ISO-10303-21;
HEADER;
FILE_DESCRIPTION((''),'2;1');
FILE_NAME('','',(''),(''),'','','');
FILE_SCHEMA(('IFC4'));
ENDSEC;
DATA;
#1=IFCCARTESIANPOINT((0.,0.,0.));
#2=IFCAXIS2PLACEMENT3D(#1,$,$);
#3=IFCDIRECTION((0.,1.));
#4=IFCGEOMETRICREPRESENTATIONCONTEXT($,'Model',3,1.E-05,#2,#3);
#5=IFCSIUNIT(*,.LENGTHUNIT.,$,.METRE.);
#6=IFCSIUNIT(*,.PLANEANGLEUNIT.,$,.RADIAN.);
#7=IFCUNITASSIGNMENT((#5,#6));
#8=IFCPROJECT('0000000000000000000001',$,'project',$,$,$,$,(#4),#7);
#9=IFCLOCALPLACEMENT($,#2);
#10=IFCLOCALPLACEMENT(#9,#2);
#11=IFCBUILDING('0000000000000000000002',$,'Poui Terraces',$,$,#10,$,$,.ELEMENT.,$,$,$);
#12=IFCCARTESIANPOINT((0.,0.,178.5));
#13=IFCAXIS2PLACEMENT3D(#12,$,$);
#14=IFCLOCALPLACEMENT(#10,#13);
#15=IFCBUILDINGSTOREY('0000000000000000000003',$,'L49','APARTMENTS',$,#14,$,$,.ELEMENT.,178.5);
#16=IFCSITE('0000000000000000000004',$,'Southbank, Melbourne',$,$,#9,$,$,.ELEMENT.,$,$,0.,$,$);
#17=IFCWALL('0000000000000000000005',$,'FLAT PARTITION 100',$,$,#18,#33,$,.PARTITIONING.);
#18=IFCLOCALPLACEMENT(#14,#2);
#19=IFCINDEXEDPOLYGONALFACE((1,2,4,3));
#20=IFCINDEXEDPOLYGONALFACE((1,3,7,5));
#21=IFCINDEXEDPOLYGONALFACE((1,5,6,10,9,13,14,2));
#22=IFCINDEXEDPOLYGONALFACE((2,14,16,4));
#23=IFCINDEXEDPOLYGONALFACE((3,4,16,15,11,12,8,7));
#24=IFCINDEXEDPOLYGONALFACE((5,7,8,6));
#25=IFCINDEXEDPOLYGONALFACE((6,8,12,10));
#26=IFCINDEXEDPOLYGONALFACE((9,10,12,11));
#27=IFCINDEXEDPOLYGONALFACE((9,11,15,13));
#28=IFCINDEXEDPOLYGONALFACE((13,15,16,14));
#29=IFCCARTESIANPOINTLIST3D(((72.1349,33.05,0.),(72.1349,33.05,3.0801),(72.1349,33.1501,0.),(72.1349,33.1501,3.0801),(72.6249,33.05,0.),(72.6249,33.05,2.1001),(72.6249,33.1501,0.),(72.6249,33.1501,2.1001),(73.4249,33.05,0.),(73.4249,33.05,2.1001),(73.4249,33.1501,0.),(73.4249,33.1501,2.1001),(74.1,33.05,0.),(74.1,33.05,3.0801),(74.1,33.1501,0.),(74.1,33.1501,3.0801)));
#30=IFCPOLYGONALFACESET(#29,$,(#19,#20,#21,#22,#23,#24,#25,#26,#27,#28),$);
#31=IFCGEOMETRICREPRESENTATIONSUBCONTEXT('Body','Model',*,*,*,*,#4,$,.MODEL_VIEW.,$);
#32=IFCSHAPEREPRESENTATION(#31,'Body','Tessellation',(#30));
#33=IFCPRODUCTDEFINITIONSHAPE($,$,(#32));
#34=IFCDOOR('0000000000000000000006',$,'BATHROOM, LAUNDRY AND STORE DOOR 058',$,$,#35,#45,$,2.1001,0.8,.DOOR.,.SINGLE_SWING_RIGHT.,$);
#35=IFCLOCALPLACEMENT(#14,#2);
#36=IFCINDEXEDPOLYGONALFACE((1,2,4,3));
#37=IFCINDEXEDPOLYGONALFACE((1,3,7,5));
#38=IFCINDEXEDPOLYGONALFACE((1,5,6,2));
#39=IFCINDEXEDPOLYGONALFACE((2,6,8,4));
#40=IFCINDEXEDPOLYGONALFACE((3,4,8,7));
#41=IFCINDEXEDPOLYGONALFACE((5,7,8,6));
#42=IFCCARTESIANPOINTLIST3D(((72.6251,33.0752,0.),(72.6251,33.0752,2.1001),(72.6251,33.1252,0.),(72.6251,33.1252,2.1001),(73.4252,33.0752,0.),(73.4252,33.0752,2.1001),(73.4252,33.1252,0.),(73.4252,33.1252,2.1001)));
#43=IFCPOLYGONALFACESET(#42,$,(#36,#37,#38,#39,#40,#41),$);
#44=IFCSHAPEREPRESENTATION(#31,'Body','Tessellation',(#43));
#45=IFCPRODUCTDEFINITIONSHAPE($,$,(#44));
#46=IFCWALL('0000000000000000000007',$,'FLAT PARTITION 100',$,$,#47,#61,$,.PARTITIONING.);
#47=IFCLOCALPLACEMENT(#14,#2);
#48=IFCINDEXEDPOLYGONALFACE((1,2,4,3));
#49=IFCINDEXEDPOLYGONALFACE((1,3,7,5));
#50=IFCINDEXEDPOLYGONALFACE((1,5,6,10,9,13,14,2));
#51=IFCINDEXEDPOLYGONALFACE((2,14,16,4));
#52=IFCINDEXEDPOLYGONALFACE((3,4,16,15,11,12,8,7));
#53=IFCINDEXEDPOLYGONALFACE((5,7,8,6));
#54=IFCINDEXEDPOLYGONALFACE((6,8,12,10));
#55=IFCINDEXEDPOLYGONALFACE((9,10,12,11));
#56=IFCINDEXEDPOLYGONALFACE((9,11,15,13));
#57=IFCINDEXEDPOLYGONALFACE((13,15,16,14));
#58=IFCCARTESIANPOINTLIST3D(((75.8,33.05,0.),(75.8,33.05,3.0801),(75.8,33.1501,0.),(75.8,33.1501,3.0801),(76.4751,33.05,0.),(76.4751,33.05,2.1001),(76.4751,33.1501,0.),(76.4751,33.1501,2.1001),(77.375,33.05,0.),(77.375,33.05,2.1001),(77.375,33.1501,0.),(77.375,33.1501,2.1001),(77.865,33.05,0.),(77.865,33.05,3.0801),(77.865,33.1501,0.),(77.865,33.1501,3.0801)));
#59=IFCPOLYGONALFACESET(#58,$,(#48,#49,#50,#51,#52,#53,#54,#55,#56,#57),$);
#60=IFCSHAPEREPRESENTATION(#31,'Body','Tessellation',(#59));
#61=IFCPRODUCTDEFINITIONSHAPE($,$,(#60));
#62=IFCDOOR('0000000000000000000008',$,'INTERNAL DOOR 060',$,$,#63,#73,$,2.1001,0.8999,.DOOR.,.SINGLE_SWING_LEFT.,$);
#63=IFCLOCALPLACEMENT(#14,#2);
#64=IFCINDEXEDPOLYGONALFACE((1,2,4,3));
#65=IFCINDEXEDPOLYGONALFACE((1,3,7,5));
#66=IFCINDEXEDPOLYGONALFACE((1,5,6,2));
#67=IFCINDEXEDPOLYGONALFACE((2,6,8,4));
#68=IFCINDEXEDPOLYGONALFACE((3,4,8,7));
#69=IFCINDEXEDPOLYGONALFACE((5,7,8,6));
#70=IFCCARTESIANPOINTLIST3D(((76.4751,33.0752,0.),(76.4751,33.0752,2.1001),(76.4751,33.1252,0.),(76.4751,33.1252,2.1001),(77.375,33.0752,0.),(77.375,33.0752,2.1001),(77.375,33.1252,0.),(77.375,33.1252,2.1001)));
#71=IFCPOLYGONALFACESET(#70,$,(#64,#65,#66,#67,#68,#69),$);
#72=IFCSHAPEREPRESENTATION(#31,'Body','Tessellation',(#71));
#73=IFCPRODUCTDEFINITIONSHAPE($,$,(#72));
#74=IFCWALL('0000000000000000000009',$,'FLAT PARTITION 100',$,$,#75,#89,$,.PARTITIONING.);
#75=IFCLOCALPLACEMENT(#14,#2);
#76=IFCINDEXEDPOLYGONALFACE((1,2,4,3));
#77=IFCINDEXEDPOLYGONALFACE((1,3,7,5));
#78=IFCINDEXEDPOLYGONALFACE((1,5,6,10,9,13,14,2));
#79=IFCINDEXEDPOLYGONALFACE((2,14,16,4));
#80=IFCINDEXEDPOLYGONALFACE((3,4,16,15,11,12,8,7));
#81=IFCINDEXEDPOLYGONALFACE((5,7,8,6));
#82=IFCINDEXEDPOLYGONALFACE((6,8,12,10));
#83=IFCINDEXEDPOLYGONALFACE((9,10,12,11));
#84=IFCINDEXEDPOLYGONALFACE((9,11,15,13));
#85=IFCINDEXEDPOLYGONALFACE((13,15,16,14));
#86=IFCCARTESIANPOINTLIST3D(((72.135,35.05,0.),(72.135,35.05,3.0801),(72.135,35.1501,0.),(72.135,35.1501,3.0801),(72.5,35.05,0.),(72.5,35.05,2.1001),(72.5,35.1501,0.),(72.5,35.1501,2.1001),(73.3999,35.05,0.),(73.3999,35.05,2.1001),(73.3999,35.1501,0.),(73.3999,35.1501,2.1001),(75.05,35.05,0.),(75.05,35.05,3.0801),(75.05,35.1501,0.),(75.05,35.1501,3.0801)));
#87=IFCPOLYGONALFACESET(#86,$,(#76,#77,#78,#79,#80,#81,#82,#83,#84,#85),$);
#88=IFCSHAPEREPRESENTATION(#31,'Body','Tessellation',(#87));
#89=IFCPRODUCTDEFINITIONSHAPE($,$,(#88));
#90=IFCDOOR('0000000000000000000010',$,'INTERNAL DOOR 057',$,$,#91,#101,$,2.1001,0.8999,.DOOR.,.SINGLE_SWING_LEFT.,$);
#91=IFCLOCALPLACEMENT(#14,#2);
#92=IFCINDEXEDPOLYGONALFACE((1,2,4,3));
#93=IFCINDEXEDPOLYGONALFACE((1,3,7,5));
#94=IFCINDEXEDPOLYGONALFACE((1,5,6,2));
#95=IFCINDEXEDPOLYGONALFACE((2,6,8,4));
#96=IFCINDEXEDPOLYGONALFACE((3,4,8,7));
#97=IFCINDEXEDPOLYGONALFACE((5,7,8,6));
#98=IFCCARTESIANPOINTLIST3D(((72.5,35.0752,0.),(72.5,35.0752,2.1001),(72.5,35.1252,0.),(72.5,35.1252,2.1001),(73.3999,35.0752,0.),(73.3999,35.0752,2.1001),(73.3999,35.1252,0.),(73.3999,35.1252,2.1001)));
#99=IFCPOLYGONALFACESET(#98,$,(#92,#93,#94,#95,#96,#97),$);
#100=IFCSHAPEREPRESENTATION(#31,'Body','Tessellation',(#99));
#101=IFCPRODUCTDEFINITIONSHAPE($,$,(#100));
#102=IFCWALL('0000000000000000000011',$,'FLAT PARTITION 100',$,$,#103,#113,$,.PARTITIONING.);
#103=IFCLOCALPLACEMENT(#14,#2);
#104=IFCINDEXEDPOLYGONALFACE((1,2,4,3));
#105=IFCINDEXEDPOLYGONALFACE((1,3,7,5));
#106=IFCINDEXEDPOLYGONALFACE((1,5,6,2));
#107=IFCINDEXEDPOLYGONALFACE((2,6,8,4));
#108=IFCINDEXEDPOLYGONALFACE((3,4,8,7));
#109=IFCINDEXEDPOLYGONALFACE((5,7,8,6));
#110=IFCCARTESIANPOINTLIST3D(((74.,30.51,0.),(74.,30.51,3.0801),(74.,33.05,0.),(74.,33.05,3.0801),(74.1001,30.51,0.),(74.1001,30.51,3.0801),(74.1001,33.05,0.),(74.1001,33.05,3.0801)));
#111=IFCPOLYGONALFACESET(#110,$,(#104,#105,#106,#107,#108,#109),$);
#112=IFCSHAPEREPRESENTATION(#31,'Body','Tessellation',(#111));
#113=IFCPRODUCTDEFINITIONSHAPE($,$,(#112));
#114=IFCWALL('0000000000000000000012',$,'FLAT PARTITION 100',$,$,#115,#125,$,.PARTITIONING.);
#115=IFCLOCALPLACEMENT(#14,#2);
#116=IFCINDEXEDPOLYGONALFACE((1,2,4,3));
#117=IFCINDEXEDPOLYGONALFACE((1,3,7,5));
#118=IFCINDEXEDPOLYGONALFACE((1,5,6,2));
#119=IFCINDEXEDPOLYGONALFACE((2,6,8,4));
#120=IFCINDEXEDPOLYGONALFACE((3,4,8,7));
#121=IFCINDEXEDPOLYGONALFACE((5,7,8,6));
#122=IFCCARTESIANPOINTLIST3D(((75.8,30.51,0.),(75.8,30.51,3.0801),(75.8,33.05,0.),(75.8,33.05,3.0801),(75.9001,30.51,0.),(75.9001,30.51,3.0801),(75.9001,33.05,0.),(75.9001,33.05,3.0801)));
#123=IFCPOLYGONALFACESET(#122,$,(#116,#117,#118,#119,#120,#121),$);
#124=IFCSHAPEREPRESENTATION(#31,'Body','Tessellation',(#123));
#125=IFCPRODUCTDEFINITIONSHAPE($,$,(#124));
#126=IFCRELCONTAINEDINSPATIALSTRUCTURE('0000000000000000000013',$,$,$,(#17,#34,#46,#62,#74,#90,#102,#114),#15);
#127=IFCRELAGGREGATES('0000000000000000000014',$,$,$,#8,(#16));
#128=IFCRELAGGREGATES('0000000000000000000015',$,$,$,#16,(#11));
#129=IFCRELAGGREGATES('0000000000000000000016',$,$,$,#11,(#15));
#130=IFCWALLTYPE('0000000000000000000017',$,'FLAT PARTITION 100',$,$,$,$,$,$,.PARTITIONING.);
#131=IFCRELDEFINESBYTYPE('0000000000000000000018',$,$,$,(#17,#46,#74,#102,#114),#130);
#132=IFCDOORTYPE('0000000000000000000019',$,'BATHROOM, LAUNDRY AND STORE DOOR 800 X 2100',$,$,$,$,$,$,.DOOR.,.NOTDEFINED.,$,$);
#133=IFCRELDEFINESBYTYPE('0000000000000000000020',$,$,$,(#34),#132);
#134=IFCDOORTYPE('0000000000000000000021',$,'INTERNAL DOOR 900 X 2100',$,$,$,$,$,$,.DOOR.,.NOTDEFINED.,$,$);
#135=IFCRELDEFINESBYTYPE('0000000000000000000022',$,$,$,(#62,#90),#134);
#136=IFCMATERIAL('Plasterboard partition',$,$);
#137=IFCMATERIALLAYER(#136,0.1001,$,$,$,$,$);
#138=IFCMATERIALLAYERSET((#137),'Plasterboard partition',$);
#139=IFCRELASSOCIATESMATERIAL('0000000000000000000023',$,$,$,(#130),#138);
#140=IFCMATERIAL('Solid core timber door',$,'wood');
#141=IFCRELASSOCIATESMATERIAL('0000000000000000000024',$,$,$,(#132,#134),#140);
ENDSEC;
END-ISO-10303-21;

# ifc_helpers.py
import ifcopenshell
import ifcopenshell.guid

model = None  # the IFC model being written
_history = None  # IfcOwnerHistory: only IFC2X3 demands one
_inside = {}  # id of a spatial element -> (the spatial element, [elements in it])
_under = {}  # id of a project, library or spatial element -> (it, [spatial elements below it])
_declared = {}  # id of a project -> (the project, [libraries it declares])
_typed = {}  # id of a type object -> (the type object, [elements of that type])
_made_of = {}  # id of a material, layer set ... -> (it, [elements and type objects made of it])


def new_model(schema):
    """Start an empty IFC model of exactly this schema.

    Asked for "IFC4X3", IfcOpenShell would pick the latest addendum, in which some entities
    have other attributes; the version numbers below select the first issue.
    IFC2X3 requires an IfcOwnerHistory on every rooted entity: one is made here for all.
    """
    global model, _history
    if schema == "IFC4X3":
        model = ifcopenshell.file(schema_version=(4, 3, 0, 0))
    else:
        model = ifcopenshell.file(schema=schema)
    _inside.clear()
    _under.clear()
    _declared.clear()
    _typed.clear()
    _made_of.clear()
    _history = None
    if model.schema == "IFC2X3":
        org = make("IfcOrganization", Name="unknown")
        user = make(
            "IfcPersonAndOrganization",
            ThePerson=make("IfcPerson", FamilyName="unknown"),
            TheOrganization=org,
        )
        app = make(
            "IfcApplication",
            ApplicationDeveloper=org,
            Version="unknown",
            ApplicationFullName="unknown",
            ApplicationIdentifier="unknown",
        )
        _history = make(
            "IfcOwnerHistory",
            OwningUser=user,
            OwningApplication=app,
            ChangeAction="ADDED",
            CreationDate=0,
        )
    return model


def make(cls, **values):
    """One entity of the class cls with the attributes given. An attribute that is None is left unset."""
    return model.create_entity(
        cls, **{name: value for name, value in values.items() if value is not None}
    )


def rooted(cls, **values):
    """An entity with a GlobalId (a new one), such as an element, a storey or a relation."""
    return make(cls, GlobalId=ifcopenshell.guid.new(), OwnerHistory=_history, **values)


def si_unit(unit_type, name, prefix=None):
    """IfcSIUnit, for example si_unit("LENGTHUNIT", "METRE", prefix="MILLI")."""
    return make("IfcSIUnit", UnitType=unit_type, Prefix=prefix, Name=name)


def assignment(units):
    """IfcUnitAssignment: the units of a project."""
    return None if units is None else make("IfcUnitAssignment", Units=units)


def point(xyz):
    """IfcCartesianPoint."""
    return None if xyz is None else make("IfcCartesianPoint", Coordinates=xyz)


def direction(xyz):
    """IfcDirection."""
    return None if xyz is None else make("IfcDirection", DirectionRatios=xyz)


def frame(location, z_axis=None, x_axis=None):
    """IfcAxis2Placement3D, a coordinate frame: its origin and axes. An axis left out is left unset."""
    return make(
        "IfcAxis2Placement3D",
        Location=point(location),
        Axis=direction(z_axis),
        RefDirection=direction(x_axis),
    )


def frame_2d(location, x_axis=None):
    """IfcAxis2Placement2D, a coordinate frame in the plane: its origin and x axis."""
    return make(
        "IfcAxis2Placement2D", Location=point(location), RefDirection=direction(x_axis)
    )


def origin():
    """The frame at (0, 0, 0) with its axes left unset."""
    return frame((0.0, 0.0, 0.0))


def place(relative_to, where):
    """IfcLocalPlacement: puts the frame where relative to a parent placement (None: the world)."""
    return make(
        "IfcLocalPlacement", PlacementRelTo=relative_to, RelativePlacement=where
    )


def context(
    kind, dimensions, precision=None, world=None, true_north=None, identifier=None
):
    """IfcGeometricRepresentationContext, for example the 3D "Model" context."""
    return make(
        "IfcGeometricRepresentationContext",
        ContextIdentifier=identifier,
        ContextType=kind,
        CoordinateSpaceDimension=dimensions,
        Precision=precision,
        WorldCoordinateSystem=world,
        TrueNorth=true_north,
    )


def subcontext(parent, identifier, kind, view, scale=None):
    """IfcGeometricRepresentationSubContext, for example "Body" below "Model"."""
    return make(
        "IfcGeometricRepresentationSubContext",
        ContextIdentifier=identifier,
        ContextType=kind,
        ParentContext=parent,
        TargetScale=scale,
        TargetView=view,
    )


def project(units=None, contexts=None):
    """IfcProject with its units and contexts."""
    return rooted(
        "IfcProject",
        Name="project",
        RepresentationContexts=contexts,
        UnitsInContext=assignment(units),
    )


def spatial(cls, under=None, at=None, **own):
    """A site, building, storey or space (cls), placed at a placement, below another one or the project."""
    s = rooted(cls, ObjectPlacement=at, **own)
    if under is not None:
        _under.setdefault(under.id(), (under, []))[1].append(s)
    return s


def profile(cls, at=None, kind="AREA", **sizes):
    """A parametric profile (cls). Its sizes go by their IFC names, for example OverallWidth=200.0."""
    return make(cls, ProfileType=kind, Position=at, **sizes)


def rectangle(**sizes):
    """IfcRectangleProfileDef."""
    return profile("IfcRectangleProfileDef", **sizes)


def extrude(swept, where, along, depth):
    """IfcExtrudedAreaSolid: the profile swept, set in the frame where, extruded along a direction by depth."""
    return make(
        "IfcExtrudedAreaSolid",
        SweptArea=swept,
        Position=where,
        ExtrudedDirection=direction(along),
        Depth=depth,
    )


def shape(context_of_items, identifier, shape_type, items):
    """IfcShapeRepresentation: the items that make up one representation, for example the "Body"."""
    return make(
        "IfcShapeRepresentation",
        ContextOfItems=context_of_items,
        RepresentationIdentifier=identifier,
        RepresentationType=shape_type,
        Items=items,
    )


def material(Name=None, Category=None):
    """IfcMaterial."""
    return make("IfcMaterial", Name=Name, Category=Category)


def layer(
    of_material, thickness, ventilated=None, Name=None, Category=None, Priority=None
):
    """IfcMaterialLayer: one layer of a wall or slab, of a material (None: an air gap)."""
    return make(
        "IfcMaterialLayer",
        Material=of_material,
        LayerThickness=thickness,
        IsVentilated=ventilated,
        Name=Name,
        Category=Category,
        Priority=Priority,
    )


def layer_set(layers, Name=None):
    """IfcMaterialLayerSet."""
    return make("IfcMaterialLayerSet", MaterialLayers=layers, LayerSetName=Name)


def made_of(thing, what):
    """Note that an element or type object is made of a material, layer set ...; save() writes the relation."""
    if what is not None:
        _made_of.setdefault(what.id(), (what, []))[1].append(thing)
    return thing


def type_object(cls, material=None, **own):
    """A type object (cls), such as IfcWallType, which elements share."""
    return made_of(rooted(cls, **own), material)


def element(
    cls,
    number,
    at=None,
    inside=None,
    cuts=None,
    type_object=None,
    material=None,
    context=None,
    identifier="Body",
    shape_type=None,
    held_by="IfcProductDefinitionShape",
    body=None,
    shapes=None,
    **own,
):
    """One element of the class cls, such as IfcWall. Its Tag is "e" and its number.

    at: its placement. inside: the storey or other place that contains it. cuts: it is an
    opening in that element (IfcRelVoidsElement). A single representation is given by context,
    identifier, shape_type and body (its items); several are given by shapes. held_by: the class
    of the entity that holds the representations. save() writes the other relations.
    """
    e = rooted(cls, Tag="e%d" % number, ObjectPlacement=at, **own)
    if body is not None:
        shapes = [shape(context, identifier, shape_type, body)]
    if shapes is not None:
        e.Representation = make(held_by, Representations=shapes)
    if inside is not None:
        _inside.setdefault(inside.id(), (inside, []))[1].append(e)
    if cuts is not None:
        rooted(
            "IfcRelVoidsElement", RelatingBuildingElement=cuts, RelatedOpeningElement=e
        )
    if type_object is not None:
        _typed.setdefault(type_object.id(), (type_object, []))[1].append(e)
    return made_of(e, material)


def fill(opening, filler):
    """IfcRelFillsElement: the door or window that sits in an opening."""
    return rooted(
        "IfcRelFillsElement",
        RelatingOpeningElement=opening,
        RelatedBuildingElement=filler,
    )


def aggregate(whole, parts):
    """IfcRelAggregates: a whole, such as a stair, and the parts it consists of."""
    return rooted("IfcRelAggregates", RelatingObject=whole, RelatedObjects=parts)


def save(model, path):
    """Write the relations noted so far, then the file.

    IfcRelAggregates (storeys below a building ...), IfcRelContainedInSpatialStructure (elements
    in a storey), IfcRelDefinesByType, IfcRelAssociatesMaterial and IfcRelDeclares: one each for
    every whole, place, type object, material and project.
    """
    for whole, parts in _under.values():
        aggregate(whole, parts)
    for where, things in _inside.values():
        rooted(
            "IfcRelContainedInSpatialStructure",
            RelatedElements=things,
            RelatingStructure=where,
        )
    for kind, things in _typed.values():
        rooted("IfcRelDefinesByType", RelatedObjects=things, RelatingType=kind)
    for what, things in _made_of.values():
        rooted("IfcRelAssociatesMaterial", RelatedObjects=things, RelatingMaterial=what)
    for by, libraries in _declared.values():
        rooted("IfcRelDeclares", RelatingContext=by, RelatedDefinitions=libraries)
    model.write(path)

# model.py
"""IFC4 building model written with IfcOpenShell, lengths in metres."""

from ifc_helpers import new_model, si_unit, direction, frame, frame_2d, origin, place, context, subcontext, project, spatial, rectangle, extrude, material, layer, layer_set, type_object, element, fill, save


model = new_model("IFC4")

# Units and contexts
model_context = context("Model", 3, precision=1e-05, world=origin(), true_north=direction((0.0, 1.0)))
body_context = subcontext(model_context, "Body", "Model", "MODEL_VIEW")
ifc_project = project(units=[si_unit("LENGTHUNIT", "METRE"), si_unit("PLANEANGLEUNIT", "RADIAN")], contexts=[model_context])

# Site, building, storey
site_placement = place(None, origin())
site = spatial("IfcSite", under=ifc_project, at=site_placement, Name="Southbank, Melbourne", CompositionType="ELEMENT", RefElevation=0.0)
building_placement = place(site_placement, origin())
building = spatial("IfcBuilding", under=site, at=building_placement, Name="Poui Terraces", CompositionType="ELEMENT")
storey_placement = place(building_placement, frame((0.0, 0.0, 178.5)))
storey = spatial("IfcBuildingStorey", under=building, at=storey_placement, Name="L49", Description="APARTMENTS", CompositionType="ELEMENT", Elevation=178.5)

# Walls, openings, doors
ifc_material_1 = material(Name="Plasterboard partition")
ifc_layer = layer(ifc_material_1, 0.1001)
ifc_layer_set = layer_set([ifc_layer], Name="Plasterboard partition")
wall_type = type_object("IfcWallType", Name="FLAT PARTITION 100", PredefinedType="PARTITIONING", material=ifc_layer_set)
wall_1_placement = place(storey_placement, frame((72.135, 33.1001, 0.0), z_axis=(0.0, 0.0, 1.0), x_axis=(1.0, 0.0, 0.0)))
wall_1 = element("IfcWall", 1, at=wall_1_placement, inside=storey, type_object=wall_type, Name="FLAT PARTITION 100", PredefinedType="PARTITIONING", context=body_context, shape_type="SweptSolid", body=[
    extrude(rectangle(XDim=1.9651, YDim=0.1001, at=frame_2d((0.9824, 0.0))), origin(), (0.0, 0.0, 1.0), 3.0801),
])
opening_1_placement = place(wall_1_placement, frame((0.49, 0.0, 0.0)))
opening_1 = element("IfcOpeningElement", 2, at=opening_1_placement, cuts=wall_1, PredefinedType="OPENING", context=body_context, shape_type="SweptSolid", body=[
    extrude(rectangle(XDim=0.8, YDim=2.1001, at=frame_2d((0.3999, 1.05))), frame((0.0, 0.0601, 0.0), z_axis=(0.0, -1.0, 0.0), x_axis=(1.0, 0.0, 0.0)), (0.0, 0.0, 1.0), 0.1201),
])
ifc_material_2 = material(Name="Solid core timber door", Category="wood")
door_type_1 = type_object("IfcDoorType", Name="BATHROOM, LAUNDRY AND STORE DOOR 800 X 2100", OperationType="NOTDEFINED", PredefinedType="DOOR", material=ifc_material_2)
door_1_placement = place(opening_1_placement, frame((0.8, 0.0, 0.0), z_axis=(0.0, 0.0, 1.0), x_axis=(-1.0, 0.0, 0.0)))
door_1 = element("IfcDoor", 3, at=door_1_placement, inside=storey, type_object=door_type_1, Name="BATHROOM, LAUNDRY AND STORE DOOR 058", OperationType="SINGLE_SWING_RIGHT", OverallHeight=2.1001, OverallWidth=0.8, PredefinedType="DOOR", context=body_context, shape_type="SweptSolid", body=[
    extrude(rectangle(XDim=0.8, YDim=2.1001, at=frame_2d((0.3999, 1.05))), frame((0.0, 0.0249, 0.0), z_axis=(0.0, -1.0, 0.0), x_axis=(1.0, 0.0, 0.0)), (0.0, 0.0, 1.0), 0.05),
])
fill(opening_1, door_1)
wall_2_placement = place(storey_placement, frame((75.8, 33.1001, 0.0), z_axis=(0.0, 0.0, 1.0), x_axis=(1.0, 0.0, 0.0)))
wall_2 = element("IfcWall", 4, at=wall_2_placement, inside=storey, type_object=wall_type, Name="FLAT PARTITION 100", PredefinedType="PARTITIONING", context=body_context, shape_type="SweptSolid", body=[
    extrude(rectangle(XDim=2.0649, YDim=0.1001, at=frame_2d((1.0325, 0.0))), origin(), (0.0, 0.0, 1.0), 3.0801),
])
opening_2_placement = place(wall_2_placement, frame((0.675, 0.0, 0.0)))
opening_2 = element("IfcOpeningElement", 5, at=opening_2_placement, cuts=wall_2, PredefinedType="OPENING", context=body_context, shape_type="SweptSolid", body=[
    extrude(rectangle(XDim=0.8999, YDim=2.1001, at=frame_2d((0.45, 1.05))), frame((0.0, 0.0601, 0.0), z_axis=(0.0, -1.0, 0.0), x_axis=(1.0, 0.0, 0.0)), (0.0, 0.0, 1.0), 0.1201),
])
door_type_2 = type_object("IfcDoorType", Name="INTERNAL DOOR 900 X 2100", OperationType="NOTDEFINED", PredefinedType="DOOR", material=ifc_material_2)
door_2_placement = place(opening_2_placement, frame((0.8999, 0.0, 0.0), z_axis=(0.0, 0.0, 1.0), x_axis=(-1.0, 0.0, 0.0)))
door_2 = element("IfcDoor", 6, at=door_2_placement, inside=storey, type_object=door_type_2, Name="INTERNAL DOOR 060", OperationType="SINGLE_SWING_LEFT", OverallHeight=2.1001, OverallWidth=0.8999, PredefinedType="DOOR", context=body_context, shape_type="SweptSolid", body=[
    extrude(rectangle(XDim=0.8999, YDim=2.1001, at=frame_2d((0.45, 1.05))), frame((0.0, 0.0249, 0.0), z_axis=(0.0, -1.0, 0.0), x_axis=(1.0, 0.0, 0.0)), (0.0, 0.0, 1.0), 0.05),
])
fill(opening_2, door_2)
wall_3_placement = place(storey_placement, frame((72.135, 35.1001, 0.0), z_axis=(0.0, 0.0, 1.0), x_axis=(1.0, 0.0, 0.0)))
wall_3 = element("IfcWall", 7, at=wall_3_placement, inside=storey, type_object=wall_type, Name="FLAT PARTITION 100", PredefinedType="PARTITIONING", context=body_context, shape_type="SweptSolid", body=[
    extrude(rectangle(XDim=2.915, YDim=0.1001, at=frame_2d((1.4575, 0.0))), origin(), (0.0, 0.0, 1.0), 3.0801),
])
opening_3_placement = place(wall_3_placement, frame((0.365, 0.0, 0.0)))
opening_3 = element("IfcOpeningElement", 8, at=opening_3_placement, cuts=wall_3, PredefinedType="OPENING", context=body_context, shape_type="SweptSolid", body=[
    extrude(rectangle(XDim=0.8999, YDim=2.1001, at=frame_2d((0.45, 1.05))), frame((0.0, 0.0601, 0.0), z_axis=(0.0, -1.0, 0.0), x_axis=(1.0, 0.0, 0.0)), (0.0, 0.0, 1.0), 0.1201),
])
door_3_placement = place(opening_3_placement, frame((0.8999, 0.0, 0.0), z_axis=(0.0, 0.0, 1.0), x_axis=(-1.0, 0.0, 0.0)))
door_3 = element("IfcDoor", 9, at=door_3_placement, inside=storey, type_object=door_type_2, Name="INTERNAL DOOR 057", OperationType="SINGLE_SWING_LEFT", OverallHeight=2.1001, OverallWidth=0.8999, PredefinedType="DOOR", context=body_context, shape_type="SweptSolid", body=[
    extrude(rectangle(XDim=0.8999, YDim=2.1001, at=frame_2d((0.45, 1.05))), frame((0.0, 0.0249, 0.0), z_axis=(0.0, -1.0, 0.0), x_axis=(1.0, 0.0, 0.0)), (0.0, 0.0, 1.0), 0.05),
])
fill(opening_3, door_3)

# Walls
for number, where, z_axis, x_axis, name in (
    (10, (74.05, 30.51, 0.0), (0.0, 0.0, 1.0), (0.0, 1.0, 0.0), "FLAT PARTITION 100"),
    (11, (75.8501, 30.51, 0.0), (0.0, 0.0, 1.0), (0.0, 1.0, 0.0), "FLAT PARTITION 100"),
):
    element("IfcWall", number, at=place(storey_placement, frame(where, z_axis=z_axis, x_axis=x_axis)), inside=storey, type_object=wall_type, Name=name, PredefinedType="PARTITIONING", context=body_context, shape_type="SweptSolid", body=[
        extrude(rectangle(XDim=2.54, YDim=0.1001, at=frame_2d((1.27, 0.0))), origin(), (0.0, 0.0, 1.0), 3.0801),
    ])

save(model, "model.ifc")
